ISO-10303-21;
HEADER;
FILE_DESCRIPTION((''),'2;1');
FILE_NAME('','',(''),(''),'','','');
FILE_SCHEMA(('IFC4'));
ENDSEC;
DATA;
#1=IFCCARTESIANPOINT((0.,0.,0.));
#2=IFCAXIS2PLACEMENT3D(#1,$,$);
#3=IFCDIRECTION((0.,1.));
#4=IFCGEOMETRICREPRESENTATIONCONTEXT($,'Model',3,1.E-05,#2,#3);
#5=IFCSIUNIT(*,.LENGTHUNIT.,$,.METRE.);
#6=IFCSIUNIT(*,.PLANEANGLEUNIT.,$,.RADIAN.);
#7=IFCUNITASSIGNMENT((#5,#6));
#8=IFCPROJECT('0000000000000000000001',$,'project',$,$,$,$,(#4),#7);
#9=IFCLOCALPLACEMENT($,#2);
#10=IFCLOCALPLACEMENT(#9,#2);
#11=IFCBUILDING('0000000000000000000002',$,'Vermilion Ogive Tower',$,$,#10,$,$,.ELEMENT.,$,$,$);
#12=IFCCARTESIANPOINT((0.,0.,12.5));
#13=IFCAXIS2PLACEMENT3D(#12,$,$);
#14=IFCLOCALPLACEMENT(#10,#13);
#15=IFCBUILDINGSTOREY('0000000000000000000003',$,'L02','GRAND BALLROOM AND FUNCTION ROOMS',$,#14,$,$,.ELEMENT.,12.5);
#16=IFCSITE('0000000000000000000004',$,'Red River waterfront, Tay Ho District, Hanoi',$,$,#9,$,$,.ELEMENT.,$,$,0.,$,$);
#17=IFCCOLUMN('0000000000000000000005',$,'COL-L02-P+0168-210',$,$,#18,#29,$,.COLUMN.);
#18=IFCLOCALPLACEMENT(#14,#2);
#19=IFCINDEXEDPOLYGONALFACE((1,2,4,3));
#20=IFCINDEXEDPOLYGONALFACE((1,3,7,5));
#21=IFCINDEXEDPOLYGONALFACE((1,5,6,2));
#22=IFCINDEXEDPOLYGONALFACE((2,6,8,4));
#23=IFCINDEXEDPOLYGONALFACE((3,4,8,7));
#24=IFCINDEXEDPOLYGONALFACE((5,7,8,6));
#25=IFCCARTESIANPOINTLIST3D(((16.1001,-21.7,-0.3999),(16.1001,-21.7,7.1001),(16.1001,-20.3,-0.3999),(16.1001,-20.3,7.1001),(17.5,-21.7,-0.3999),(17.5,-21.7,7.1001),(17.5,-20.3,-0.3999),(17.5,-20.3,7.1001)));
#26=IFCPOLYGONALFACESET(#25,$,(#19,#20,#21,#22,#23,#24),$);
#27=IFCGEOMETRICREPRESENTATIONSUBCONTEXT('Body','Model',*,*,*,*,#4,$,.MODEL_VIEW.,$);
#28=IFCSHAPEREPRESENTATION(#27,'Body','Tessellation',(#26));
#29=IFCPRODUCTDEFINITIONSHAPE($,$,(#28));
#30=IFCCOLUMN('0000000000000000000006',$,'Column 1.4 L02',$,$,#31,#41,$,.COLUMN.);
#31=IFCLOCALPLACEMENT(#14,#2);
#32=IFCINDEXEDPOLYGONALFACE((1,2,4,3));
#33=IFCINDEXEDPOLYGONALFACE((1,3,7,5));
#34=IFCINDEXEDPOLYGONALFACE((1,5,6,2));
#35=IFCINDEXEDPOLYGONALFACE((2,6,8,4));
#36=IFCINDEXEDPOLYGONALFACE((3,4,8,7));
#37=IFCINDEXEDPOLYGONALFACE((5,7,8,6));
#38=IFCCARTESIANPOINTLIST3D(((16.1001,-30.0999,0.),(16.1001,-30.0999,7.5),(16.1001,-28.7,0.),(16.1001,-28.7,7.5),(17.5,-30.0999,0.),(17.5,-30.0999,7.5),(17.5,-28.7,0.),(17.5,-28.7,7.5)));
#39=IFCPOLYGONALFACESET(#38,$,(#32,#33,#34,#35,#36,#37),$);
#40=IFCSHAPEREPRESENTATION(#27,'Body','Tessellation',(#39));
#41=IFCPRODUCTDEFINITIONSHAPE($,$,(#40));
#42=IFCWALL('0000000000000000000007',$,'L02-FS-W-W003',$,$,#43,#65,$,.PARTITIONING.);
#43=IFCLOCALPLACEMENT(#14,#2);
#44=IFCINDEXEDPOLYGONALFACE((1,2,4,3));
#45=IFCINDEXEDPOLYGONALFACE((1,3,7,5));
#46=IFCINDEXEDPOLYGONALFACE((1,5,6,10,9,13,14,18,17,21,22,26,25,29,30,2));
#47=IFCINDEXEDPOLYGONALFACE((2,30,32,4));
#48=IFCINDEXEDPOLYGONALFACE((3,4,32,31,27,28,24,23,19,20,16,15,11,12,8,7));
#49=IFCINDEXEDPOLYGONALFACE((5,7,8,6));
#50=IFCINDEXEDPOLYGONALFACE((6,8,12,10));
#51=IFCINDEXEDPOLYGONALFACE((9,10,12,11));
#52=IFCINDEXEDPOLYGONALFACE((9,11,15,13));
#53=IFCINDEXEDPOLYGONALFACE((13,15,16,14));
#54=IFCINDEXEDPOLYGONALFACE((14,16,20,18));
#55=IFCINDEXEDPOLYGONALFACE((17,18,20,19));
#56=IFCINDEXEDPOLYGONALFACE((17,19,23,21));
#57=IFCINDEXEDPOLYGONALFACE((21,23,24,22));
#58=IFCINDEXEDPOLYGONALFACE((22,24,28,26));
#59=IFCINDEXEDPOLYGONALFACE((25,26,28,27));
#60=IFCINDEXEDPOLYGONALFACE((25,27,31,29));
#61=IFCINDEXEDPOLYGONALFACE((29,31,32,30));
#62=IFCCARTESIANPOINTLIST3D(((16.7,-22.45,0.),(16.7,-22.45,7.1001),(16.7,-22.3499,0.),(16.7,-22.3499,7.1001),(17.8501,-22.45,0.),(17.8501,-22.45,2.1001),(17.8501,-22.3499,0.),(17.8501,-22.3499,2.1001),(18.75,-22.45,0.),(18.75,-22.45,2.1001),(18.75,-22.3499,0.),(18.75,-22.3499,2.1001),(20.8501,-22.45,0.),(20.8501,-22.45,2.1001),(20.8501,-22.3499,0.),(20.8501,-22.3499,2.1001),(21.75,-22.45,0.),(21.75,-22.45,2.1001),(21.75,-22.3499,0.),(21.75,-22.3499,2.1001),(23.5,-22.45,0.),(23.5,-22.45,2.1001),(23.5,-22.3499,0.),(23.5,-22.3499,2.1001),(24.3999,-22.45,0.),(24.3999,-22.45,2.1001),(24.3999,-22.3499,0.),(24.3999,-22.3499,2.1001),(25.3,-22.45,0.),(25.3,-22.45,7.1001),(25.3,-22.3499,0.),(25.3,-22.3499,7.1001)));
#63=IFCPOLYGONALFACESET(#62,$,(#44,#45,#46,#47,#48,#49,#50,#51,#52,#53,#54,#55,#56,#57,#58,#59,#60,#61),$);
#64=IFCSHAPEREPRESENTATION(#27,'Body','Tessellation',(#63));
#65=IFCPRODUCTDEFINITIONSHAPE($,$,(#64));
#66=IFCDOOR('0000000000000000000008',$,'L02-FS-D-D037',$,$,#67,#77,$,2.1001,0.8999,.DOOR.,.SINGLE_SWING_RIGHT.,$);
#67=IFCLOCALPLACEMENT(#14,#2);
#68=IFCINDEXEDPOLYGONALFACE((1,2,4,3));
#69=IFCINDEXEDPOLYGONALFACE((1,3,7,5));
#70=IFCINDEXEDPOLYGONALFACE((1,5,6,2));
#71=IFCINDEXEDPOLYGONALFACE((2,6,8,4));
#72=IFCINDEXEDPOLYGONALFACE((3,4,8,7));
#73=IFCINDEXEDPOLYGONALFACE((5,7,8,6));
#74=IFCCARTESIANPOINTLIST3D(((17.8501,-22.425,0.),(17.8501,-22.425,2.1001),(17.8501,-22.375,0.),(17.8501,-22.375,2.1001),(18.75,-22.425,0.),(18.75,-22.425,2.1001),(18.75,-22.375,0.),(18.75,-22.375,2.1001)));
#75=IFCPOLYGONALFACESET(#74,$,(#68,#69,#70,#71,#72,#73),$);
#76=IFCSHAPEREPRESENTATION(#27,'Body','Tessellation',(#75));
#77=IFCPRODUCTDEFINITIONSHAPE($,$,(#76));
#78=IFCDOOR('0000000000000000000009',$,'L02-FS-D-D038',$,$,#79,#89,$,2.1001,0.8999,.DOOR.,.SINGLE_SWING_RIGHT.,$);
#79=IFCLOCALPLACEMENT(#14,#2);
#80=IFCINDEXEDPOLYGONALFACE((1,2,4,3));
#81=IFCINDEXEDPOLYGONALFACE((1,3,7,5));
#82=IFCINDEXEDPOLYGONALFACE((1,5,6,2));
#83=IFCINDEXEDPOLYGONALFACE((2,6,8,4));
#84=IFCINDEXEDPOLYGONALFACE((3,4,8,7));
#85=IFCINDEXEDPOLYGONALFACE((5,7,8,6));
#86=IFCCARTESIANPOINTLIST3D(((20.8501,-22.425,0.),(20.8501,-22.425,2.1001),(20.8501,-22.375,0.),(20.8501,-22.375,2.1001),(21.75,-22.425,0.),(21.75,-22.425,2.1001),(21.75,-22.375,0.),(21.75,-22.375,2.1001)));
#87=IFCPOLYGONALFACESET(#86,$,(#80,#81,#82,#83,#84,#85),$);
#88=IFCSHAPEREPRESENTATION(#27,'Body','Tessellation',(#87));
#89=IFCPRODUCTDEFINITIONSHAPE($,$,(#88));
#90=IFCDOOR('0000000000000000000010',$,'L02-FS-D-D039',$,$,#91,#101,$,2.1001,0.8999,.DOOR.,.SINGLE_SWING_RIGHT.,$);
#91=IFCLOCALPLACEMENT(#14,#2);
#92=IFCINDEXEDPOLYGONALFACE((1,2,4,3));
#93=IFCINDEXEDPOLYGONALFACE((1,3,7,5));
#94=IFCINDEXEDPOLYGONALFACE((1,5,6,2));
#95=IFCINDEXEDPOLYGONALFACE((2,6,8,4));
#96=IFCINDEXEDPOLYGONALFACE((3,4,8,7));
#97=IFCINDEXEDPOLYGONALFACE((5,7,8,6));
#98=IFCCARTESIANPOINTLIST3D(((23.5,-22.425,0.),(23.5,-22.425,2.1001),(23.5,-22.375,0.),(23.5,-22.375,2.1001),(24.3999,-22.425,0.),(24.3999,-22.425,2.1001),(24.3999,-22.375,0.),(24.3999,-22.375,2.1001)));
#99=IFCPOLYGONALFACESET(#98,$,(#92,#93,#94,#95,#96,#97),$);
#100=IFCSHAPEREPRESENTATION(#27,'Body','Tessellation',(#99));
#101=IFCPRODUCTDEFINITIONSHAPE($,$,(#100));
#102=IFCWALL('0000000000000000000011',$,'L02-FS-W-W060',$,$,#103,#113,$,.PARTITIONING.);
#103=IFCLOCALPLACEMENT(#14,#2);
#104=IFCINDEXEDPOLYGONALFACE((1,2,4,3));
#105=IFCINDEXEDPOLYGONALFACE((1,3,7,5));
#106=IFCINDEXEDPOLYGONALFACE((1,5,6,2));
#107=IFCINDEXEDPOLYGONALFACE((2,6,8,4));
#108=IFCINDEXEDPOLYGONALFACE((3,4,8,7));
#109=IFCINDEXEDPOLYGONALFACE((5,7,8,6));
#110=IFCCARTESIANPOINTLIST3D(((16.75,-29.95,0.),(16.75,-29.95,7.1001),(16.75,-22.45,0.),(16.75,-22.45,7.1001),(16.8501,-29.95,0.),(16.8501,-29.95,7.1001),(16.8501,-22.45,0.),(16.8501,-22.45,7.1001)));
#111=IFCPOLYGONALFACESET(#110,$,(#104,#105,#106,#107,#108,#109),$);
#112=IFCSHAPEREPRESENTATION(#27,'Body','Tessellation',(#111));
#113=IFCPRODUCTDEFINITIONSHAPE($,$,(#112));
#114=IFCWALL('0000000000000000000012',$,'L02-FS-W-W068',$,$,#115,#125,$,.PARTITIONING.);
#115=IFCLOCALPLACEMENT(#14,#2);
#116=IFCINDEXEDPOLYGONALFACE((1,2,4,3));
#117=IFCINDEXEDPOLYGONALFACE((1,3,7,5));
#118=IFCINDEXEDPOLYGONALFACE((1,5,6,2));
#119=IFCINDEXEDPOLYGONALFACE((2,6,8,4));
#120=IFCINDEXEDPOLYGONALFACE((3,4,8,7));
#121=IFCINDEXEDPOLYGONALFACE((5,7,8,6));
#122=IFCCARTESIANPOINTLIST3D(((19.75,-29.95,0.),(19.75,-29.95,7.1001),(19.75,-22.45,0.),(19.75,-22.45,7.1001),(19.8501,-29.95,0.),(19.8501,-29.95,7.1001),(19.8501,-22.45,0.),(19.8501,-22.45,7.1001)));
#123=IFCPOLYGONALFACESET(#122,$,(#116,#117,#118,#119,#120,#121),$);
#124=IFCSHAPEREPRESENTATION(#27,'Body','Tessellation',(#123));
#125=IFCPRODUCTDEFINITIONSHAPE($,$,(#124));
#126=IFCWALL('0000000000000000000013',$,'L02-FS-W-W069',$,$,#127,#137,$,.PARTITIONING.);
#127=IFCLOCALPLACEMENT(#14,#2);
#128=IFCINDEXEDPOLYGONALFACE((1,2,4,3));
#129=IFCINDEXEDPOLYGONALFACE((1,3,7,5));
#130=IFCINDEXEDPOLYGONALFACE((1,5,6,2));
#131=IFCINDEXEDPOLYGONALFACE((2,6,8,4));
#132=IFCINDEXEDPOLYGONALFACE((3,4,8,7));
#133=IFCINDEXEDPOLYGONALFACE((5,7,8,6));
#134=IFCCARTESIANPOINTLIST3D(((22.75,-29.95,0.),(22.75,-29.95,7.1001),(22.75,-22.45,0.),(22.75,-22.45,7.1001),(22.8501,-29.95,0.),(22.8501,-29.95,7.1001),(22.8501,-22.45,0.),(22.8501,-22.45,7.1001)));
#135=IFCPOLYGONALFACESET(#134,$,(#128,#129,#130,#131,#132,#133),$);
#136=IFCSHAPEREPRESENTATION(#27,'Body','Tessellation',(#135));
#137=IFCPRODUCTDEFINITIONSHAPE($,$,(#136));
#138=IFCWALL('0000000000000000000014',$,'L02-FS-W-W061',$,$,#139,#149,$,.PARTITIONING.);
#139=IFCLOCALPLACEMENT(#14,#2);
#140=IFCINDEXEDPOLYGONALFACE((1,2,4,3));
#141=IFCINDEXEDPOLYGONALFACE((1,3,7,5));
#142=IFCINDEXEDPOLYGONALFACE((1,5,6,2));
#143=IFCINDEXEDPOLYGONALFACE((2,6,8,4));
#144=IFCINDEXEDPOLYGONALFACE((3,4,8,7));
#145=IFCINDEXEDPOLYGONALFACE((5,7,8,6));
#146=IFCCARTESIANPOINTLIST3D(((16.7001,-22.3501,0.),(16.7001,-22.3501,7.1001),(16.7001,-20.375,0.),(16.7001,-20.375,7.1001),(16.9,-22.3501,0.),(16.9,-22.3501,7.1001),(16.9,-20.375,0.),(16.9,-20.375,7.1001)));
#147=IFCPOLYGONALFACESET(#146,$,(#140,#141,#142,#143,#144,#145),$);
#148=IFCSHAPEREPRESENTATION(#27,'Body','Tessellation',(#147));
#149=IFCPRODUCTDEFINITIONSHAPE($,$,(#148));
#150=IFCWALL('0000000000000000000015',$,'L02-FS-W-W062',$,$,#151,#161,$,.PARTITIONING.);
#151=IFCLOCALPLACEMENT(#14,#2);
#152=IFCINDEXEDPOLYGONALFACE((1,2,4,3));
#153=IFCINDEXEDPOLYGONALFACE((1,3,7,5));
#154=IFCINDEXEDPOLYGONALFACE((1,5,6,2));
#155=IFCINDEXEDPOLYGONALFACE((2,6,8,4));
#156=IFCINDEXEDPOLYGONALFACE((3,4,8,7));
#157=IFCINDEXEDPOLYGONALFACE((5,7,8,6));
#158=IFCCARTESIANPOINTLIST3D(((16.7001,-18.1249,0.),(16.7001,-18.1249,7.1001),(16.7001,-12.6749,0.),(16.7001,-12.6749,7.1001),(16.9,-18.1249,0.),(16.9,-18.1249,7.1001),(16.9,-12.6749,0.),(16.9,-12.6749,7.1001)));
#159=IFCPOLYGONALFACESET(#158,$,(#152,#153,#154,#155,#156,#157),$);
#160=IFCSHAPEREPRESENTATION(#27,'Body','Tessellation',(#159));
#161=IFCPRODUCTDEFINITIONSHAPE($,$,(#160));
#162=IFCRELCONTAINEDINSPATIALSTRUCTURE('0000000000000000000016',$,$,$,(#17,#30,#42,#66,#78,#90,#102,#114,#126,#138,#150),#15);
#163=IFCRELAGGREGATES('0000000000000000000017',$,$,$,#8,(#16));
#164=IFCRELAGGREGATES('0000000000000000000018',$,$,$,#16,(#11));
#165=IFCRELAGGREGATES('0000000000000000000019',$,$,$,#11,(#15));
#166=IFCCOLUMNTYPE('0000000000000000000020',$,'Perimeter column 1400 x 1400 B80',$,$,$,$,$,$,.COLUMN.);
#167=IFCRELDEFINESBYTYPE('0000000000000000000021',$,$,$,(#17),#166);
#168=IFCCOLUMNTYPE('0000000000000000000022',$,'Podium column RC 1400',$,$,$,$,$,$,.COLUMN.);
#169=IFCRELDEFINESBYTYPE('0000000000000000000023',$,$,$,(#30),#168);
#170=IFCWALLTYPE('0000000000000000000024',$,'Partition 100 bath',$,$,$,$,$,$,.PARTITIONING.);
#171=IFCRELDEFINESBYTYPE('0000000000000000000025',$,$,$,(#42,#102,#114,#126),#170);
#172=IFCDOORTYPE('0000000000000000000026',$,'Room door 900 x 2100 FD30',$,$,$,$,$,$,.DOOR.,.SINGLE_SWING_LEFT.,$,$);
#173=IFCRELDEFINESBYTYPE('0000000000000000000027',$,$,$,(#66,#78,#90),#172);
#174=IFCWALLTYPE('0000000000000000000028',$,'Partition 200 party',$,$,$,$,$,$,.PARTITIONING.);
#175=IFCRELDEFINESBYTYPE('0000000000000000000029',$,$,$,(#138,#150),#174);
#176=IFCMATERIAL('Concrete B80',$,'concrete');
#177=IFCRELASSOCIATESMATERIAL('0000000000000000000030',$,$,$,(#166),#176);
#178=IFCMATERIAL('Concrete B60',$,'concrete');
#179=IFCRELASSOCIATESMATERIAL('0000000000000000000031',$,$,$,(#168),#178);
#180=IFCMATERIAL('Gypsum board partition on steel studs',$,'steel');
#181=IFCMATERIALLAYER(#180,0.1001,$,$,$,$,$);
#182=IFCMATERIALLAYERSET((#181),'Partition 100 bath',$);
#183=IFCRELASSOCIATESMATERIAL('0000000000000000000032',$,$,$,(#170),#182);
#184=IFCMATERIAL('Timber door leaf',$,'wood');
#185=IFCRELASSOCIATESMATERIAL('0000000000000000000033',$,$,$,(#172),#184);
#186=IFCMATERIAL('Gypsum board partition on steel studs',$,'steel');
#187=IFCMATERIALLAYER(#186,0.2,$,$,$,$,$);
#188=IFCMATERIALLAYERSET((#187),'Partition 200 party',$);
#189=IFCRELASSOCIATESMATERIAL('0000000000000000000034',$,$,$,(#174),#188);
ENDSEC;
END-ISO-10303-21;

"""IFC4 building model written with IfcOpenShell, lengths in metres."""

from ifc_helpers import new_model, si_unit, direction, frame, frame_2d, origin, origin_2d, place, context, subcontext, project, spatial, rectangle, extrude, material, layer, layer_set, material_profile, profile_set, type_object, element, fill, save


model = new_model("IFC4")

# Units and contexts
model_context = context("Model", 3, precision=1e-05, world=origin(), true_north=direction((0.0, 1.0)))
body_context = subcontext(model_context, "Body", "Model", "MODEL_VIEW")
ifc_project = project(units=[si_unit("LENGTHUNIT", "METRE"), si_unit("PLANEANGLEUNIT", "RADIAN")], contexts=[model_context])

# Site, building, storey
site_placement = place(None, origin())
site = spatial("IfcSite", under=ifc_project, at=site_placement, Name="Red River waterfront, Tay Ho District, Hanoi", CompositionType="ELEMENT", RefElevation=0.0)
building_placement = place(site_placement, origin())
building = spatial("IfcBuilding", under=site, at=building_placement, Name="Vermilion Ogive Tower", CompositionType="ELEMENT")
storey_placement = place(building_placement, frame((0.0, 0.0, 12.5)))
storey = spatial("IfcBuildingStorey", under=building, at=storey_placement, Name="L02", Description="GRAND BALLROOM AND FUNCTION ROOMS", CompositionType="ELEMENT", Elevation=12.5)

# Columns
ifc_material_1 = material(Name="Concrete B80", Category="concrete")
ifc_material_profile_1 = material_profile(ifc_material_1, rectangle(XDim=1.3999, YDim=1.3999, at=origin_2d()), Name="1400 x 1400")
ifc_profile_set_1 = profile_set([ifc_material_profile_1], Name="Concrete B80")
column_type_1 = type_object("IfcColumnType", Name="Perimeter column 1400 x 1400 B80", PredefinedType="COLUMN", material=ifc_profile_set_1)
column_1_placement = place(storey_placement, frame((16.8, -21.0, -0.3999), z_axis=(0.0, 0.0, 1.0), x_axis=(1.0, 0.0, 0.0)))
element("IfcColumn", 1, at=column_1_placement, inside=storey, type_object=column_type_1, Name="COL-L02-P+0168-210", PredefinedType="COLUMN", context=body_context, shape_type="SweptSolid", body=[
    extrude(rectangle(XDim=1.3999, YDim=1.3999, at=origin_2d()), origin(), (0.0, 0.0, 1.0), 7.5),
])
ifc_material_2 = material(Name="Concrete B60", Category="concrete")
ifc_material_profile_2 = material_profile(ifc_material_2, rectangle(XDim=1.3999, YDim=1.3999, at=origin_2d()), Name="RC 1400x1400")
ifc_profile_set_2 = profile_set([ifc_material_profile_2], Name="Concrete B60")
column_type_2 = type_object("IfcColumnType", Name="Podium column RC 1400", PredefinedType="COLUMN", material=ifc_profile_set_2)
column_2_placement = place(storey_placement, frame((16.8, -29.3999, 0.0), z_axis=(0.0, 0.0, 1.0), x_axis=(1.0, 0.0, 0.0)))
element("IfcColumn", 2, at=column_2_placement, inside=storey, type_object=column_type_2, Name="Column 1.4 L02", PredefinedType="COLUMN", context=body_context, shape_type="SweptSolid", body=[
    extrude(rectangle(XDim=1.3999, YDim=1.3999, at=origin_2d()), origin(), (0.0, 0.0, 1.0), 7.5),
])

# Wall, openings, doors
ifc_material_3 = material(Name="Gypsum board partition on steel studs", Category="steel")
ifc_layer_1 = layer(ifc_material_3, 0.1001)
ifc_layer_set_1 = layer_set([ifc_layer_1], Name="Partition 100 bath")
wall_type_1 = type_object("IfcWallType", Name="Partition 100 bath", PredefinedType="PARTITIONING", material=ifc_layer_set_1)
wall_1_placement = place(storey_placement, frame((16.7, -22.3999, 0.0), z_axis=(0.0, 0.0, 1.0), x_axis=(1.0, 0.0, 0.0)))
wall_1 = element("IfcWall", 3, at=wall_1_placement, inside=storey, type_object=wall_type_1, Name="L02-FS-W-W003", PredefinedType="PARTITIONING", context=body_context, shape_type="SweptSolid", body=[
    extrude(rectangle(XDim=8.6001, YDim=0.1001, at=frame_2d((4.3, 0.0))), origin(), (0.0, 0.0, 1.0), 7.1001),
])
opening_1_placement = place(wall_1_placement, frame((1.1501, 0.0, 0.0)))
opening_1 = element("IfcOpeningElement", 4, at=opening_1_placement, cuts=wall_1, PredefinedType="OPENING", context=body_context, shape_type="SweptSolid", body=[
    extrude(rectangle(XDim=0.8999, YDim=2.1001, at=frame_2d((0.45, 1.05))), frame((0.0, 0.0601, 0.0), z_axis=(0.0, -1.0, 0.0), x_axis=(1.0, 0.0, 0.0)), (0.0, 0.0, 1.0), 0.1201),
])
opening_2_placement = place(wall_1_placement, frame((4.1501, 0.0, 0.0)))
opening_2 = element("IfcOpeningElement", 5, at=opening_2_placement, cuts=wall_1, PredefinedType="OPENING", context=body_context, shape_type="SweptSolid", body=[
    extrude(rectangle(XDim=0.8999, YDim=2.1001, at=frame_2d((0.45, 1.05))), frame((0.0, 0.0601, 0.0), z_axis=(0.0, -1.0, 0.0), x_axis=(1.0, 0.0, 0.0)), (0.0, 0.0, 1.0), 0.1201),
])
opening_3_placement = place(wall_1_placement, frame((6.8, 0.0, 0.0)))
opening_3 = element("IfcOpeningElement", 6, at=opening_3_placement, cuts=wall_1, PredefinedType="OPENING", context=body_context, shape_type="SweptSolid", body=[
    extrude(rectangle(XDim=0.8999, YDim=2.1001, at=frame_2d((0.45, 1.05))), frame((0.0, 0.0601, 0.0), z_axis=(0.0, -1.0, 0.0), x_axis=(1.0, 0.0, 0.0)), (0.0, 0.0, 1.0), 0.1201),
])
ifc_material_4 = material(Name="Timber door leaf", Category="wood")
door_type_1 = type_object("IfcDoorType", Name="Room door 900 x 2100 FD30", OperationType="SINGLE_SWING_LEFT", PredefinedType="DOOR", material=ifc_material_4)
door_1_placement = place(opening_1_placement, origin())
door_1 = element("IfcDoor", 7, at=door_1_placement, inside=storey, type_object=door_type_1, Name="L02-FS-D-D037", OperationType="SINGLE_SWING_RIGHT", OverallHeight=2.1001, OverallWidth=0.8999, PredefinedType="DOOR", context=body_context, shape_type="SweptSolid", body=[
    extrude(rectangle(XDim=0.8999, YDim=2.1001, at=frame_2d((0.45, 1.05))), frame((0.0, 0.0249, 0.0), z_axis=(0.0, -1.0, 0.0), x_axis=(1.0, 0.0, 0.0)), (0.0, 0.0, 1.0), 0.05),
])
fill(opening_1, door_1)
door_2_placement = place(opening_2_placement, origin())
door_2 = element("IfcDoor", 8, at=door_2_placement, inside=storey, type_object=door_type_1, Name="L02-FS-D-D038", OperationType="SINGLE_SWING_RIGHT", OverallHeight=2.1001, OverallWidth=0.8999, PredefinedType="DOOR", context=body_context, shape_type="SweptSolid", body=[
    extrude(rectangle(XDim=0.8999, YDim=2.1001, at=frame_2d((0.45, 1.05))), frame((0.0, 0.0249, 0.0), z_axis=(0.0, -1.0, 0.0), x_axis=(1.0, 0.0, 0.0)), (0.0, 0.0, 1.0), 0.05),
])
fill(opening_2, door_2)
door_3_placement = place(opening_3_placement, origin())
door_3 = element("IfcDoor", 9, at=door_3_placement, inside=storey, type_object=door_type_1, Name="L02-FS-D-D039", OperationType="SINGLE_SWING_RIGHT", OverallHeight=2.1001, OverallWidth=0.8999, PredefinedType="DOOR", context=body_context, shape_type="SweptSolid", body=[
    extrude(rectangle(XDim=0.8999, YDim=2.1001, at=frame_2d((0.45, 1.05))), frame((0.0, 0.0249, 0.0), z_axis=(0.0, -1.0, 0.0), x_axis=(1.0, 0.0, 0.0)), (0.0, 0.0, 1.0), 0.05),
])
fill(opening_3, door_3)

# Walls
for number, where, z_axis, x_axis, name in (
    (10, (16.8, -29.95, 0.0), (0.0, 0.0, 1.0), (0.0, 1.0, 0.0), "L02-FS-W-W060"),
    (11, (19.8, -29.95, 0.0), (0.0, 0.0, 1.0), (0.0, 1.0, 0.0), "L02-FS-W-W068"),
    (12, (22.8, -29.95, 0.0), (0.0, 0.0, 1.0), (0.0, 1.0, 0.0), "L02-FS-W-W069"),
):
    element("IfcWall", number, at=place(storey_placement, frame(where, z_axis=z_axis, x_axis=x_axis)), inside=storey, type_object=wall_type_1, Name=name, PredefinedType="PARTITIONING", context=body_context, shape_type="SweptSolid", body=[
        extrude(rectangle(XDim=7.5, YDim=0.1001, at=frame_2d((3.75, 0.0))), origin(), (0.0, 0.0, 1.0), 7.1001),
    ])
ifc_material_5 = material(Name="Gypsum board partition on steel studs", Category="steel")
ifc_layer_2 = layer(ifc_material_5, 0.2)
ifc_layer_set_2 = layer_set([ifc_layer_2], Name="Partition 200 party")
wall_type_2 = type_object("IfcWallType", Name="Partition 200 party", PredefinedType="PARTITIONING", material=ifc_layer_set_2)
wall_2_placement = place(storey_placement, frame((16.8, -22.3501, 0.0), z_axis=(0.0, 0.0, 1.0), x_axis=(0.0, 1.0, 0.0)))
element("IfcWall", 13, at=wall_2_placement, inside=storey, type_object=wall_type_2, Name="L02-FS-W-W061", PredefinedType="PARTITIONING", context=body_context, shape_type="SweptSolid", body=[
    extrude(rectangle(XDim=1.9751, YDim=0.2, at=frame_2d((0.9875, 0.0))), origin(), (0.0, 0.0, 1.0), 7.1001),
])
wall_3_placement = place(storey_placement, frame((16.8, -18.125, 0.0), z_axis=(0.0, 0.0, 1.0), x_axis=(0.0, 1.0, 0.0)))
element("IfcWall", 14, at=wall_3_placement, inside=storey, type_object=wall_type_2, Name="L02-FS-W-W062", PredefinedType="PARTITIONING", context=body_context, shape_type="SweptSolid", body=[
    extrude(rectangle(XDim=5.45, YDim=0.2, at=frame_2d((2.7251, 0.0))), origin(), (0.0, 0.0, 1.0), 7.1001),
])

save(model, "model.ifc")
